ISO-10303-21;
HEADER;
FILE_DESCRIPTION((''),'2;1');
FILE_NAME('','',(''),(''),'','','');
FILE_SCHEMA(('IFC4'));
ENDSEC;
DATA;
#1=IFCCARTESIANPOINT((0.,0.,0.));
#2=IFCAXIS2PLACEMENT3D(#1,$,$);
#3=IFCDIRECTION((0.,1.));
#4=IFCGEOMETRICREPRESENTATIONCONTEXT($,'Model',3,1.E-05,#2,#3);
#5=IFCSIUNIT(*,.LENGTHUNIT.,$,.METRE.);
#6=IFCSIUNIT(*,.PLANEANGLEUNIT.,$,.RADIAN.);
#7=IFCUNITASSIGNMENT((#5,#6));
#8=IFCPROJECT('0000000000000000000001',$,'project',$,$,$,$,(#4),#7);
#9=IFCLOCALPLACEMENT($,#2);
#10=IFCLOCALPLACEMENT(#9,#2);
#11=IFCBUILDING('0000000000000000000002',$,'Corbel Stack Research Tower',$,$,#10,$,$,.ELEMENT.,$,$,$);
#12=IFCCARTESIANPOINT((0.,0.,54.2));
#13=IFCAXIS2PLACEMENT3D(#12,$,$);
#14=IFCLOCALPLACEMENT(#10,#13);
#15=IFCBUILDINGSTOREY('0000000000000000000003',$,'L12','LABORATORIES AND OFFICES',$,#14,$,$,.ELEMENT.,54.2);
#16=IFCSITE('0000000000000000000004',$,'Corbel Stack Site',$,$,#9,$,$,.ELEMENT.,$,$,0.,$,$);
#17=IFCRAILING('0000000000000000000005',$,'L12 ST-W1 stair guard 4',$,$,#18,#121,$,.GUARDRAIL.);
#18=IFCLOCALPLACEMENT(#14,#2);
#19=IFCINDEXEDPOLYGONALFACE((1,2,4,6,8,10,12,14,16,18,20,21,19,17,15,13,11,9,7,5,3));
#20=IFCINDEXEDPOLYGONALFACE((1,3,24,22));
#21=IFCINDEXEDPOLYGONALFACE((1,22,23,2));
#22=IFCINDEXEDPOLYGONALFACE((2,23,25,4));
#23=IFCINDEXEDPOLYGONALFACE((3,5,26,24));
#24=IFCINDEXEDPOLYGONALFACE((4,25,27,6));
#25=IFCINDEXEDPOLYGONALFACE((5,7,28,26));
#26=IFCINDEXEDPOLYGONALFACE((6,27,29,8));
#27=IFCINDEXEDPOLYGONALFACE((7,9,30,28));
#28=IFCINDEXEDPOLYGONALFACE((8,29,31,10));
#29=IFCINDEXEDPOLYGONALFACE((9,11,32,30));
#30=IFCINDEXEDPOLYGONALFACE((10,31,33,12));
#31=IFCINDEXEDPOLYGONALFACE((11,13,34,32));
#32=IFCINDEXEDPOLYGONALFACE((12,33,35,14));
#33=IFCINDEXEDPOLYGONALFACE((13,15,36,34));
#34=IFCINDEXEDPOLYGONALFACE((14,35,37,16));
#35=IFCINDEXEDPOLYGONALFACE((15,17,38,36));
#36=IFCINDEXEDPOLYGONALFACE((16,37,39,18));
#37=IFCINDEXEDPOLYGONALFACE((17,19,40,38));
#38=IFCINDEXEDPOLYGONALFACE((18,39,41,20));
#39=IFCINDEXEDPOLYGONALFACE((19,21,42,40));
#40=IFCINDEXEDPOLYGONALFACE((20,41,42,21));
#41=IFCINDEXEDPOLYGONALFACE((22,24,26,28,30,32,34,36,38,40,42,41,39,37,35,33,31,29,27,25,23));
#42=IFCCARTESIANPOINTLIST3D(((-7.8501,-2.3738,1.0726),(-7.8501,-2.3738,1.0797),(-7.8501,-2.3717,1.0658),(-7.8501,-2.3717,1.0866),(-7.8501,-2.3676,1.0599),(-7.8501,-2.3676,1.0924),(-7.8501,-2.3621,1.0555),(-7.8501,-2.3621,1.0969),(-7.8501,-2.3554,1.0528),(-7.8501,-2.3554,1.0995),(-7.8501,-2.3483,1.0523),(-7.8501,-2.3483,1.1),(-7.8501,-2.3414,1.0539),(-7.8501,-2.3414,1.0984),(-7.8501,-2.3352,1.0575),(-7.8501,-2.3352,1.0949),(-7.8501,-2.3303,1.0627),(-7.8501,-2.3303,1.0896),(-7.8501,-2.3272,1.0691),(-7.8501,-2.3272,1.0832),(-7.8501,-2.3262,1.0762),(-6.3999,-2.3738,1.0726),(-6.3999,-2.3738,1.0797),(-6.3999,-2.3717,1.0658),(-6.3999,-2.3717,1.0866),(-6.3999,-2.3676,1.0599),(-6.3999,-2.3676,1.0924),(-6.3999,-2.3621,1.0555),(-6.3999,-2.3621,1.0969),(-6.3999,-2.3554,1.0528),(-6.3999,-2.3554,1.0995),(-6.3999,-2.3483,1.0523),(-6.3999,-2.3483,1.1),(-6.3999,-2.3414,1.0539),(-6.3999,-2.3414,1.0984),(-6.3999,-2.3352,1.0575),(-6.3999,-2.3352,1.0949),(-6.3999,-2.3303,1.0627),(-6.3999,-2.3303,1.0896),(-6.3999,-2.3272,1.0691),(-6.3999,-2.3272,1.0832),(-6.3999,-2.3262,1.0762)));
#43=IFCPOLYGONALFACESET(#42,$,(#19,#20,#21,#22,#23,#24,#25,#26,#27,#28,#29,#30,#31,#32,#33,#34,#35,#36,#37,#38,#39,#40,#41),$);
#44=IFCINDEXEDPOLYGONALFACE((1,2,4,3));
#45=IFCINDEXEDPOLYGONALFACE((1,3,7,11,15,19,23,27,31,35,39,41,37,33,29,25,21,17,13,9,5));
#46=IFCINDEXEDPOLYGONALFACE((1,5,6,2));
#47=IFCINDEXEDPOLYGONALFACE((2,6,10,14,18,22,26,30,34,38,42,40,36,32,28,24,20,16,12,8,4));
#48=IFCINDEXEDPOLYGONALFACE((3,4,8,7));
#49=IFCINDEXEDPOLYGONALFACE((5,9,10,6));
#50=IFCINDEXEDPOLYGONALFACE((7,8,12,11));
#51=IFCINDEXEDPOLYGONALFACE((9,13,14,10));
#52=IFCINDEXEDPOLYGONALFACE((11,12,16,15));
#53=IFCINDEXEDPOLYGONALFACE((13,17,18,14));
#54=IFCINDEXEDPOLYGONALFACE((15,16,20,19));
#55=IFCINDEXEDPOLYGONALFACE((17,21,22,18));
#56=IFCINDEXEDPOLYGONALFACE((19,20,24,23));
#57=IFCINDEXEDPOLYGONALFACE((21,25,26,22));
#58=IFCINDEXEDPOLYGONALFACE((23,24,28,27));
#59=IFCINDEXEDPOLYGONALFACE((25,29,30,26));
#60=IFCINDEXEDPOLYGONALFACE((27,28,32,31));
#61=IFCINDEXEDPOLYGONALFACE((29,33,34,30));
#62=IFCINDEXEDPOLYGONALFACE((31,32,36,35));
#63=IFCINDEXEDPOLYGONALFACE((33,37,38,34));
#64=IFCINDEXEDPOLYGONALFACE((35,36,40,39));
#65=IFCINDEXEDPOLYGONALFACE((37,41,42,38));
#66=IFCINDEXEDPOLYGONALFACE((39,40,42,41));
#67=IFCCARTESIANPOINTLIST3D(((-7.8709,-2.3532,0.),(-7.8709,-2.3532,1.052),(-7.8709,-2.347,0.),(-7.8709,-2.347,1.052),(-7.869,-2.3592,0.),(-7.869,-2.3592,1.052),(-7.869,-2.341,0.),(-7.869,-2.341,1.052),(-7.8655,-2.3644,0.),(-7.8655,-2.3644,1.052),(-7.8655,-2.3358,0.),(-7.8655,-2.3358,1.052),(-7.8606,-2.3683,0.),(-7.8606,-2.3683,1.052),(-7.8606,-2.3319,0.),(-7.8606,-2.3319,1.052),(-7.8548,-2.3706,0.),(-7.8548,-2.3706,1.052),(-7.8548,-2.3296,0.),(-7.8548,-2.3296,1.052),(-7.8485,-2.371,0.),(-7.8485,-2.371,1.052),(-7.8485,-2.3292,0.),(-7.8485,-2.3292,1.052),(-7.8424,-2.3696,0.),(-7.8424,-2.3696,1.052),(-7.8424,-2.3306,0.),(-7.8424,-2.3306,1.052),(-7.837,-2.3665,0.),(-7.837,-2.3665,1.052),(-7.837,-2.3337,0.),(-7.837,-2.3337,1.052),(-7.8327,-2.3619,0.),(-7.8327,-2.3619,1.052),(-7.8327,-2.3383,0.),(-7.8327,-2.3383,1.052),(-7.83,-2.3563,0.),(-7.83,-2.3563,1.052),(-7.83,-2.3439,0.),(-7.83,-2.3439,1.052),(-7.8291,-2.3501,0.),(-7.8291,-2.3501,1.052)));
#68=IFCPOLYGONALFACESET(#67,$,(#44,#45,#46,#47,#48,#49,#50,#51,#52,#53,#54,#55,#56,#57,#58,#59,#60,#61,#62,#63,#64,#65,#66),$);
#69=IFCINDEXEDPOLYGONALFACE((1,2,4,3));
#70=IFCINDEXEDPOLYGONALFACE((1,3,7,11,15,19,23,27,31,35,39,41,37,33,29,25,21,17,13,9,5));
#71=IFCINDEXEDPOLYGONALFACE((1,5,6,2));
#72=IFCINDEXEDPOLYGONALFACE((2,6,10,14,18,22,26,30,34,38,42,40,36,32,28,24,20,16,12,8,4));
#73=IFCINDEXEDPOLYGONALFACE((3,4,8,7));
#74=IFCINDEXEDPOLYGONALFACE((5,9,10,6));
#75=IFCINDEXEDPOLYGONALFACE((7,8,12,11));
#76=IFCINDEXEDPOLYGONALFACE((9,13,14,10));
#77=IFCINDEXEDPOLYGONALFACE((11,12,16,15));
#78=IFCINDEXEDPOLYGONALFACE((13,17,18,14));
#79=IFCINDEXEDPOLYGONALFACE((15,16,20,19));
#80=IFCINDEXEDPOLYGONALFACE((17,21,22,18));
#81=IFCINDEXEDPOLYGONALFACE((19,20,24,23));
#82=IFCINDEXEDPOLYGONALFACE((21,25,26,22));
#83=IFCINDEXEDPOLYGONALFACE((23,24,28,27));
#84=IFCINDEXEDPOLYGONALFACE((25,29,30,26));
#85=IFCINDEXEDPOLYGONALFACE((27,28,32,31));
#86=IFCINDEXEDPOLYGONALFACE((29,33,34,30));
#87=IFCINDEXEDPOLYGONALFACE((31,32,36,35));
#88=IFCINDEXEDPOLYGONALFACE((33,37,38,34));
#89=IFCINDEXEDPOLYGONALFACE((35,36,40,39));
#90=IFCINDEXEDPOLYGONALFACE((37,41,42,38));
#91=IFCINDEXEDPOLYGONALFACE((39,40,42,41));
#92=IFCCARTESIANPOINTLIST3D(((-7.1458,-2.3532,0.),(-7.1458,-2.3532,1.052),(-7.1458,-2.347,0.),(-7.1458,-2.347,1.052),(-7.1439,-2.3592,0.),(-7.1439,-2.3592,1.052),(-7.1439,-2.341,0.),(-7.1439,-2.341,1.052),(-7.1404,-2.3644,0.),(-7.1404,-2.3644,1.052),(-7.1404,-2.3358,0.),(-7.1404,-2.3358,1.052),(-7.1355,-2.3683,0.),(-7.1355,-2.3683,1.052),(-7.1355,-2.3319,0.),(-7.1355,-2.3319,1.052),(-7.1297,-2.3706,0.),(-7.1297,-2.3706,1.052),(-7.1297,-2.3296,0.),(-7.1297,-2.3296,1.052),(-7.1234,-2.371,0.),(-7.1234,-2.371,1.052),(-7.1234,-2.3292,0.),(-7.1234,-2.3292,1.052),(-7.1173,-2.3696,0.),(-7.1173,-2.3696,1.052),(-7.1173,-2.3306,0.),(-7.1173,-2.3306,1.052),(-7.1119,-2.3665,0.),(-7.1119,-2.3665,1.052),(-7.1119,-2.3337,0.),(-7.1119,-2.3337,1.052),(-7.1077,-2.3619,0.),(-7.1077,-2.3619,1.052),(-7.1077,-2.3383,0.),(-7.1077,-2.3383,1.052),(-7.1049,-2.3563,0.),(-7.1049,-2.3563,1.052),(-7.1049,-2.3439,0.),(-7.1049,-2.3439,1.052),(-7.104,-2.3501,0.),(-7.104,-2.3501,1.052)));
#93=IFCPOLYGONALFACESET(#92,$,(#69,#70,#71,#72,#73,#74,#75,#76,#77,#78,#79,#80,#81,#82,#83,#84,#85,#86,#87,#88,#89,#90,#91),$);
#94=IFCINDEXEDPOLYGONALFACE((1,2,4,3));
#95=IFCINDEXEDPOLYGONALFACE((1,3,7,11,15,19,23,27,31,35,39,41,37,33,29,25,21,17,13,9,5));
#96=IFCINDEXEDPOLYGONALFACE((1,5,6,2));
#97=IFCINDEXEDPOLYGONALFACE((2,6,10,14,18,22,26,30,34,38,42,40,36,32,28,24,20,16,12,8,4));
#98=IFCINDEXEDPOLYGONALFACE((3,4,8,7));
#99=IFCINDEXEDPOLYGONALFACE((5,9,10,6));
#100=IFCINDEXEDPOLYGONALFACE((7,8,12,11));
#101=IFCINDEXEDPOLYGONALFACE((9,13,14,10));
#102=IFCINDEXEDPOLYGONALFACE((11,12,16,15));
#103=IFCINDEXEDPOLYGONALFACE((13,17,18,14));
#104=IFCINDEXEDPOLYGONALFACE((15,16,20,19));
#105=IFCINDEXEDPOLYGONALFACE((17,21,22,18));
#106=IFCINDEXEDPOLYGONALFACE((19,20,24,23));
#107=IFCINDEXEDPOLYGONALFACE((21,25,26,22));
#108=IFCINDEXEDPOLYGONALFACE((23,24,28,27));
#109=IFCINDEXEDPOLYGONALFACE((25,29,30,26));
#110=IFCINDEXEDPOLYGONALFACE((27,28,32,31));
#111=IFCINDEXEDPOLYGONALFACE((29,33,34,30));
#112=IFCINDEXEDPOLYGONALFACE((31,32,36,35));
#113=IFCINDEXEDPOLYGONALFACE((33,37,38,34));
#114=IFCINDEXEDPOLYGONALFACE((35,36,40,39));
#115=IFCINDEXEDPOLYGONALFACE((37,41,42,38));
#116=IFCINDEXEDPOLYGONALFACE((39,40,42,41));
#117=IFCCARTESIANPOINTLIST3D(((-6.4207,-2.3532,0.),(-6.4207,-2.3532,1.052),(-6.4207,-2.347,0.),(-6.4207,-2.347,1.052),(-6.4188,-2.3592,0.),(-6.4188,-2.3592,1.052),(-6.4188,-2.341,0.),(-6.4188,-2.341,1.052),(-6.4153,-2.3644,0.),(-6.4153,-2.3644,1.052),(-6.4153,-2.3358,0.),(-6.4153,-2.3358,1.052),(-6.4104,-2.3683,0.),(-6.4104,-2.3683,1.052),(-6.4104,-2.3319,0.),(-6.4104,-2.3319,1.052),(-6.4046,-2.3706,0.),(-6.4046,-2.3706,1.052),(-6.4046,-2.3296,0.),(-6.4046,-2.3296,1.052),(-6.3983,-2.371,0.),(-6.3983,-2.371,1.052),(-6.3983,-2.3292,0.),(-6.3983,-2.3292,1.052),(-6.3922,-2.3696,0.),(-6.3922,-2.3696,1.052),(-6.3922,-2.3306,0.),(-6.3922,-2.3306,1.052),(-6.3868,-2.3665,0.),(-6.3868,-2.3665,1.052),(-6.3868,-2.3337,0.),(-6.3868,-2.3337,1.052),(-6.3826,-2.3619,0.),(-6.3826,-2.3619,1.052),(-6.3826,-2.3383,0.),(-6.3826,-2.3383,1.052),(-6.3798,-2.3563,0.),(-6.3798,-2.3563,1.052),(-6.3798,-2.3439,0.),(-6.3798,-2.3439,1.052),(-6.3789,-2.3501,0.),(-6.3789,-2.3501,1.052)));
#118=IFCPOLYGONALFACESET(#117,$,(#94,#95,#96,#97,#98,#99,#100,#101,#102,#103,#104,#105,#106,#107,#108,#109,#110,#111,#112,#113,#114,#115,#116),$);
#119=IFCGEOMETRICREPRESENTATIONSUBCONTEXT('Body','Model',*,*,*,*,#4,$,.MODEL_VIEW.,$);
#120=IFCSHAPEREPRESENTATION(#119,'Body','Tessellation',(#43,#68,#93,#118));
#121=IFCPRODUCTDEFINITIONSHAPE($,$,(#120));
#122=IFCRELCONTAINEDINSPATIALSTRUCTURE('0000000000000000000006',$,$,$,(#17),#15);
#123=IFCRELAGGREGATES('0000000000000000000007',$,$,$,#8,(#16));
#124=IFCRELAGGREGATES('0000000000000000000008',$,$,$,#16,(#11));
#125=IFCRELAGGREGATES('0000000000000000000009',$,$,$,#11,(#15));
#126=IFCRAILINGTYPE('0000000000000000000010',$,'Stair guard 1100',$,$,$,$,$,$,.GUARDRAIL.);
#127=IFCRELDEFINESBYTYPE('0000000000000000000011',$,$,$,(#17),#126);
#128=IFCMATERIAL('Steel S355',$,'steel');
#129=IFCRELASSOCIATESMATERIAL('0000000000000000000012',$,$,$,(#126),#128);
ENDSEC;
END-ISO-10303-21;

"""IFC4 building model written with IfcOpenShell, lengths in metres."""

from ifc_helpers import new_model, si_unit, direction, frame, origin, origin_2d, place, context, subcontext, project, spatial, circle, extrude, material, type_object, element, save


model = new_model("IFC4")

# Units and contexts
model_context = context("Model", 3, precision=1e-05, world=origin(), true_north=direction((0.0, 1.0)))
body_context = subcontext(model_context, "Body", "Model", "MODEL_VIEW")
ifc_project = project(units=[si_unit("LENGTHUNIT", "METRE"), si_unit("PLANEANGLEUNIT", "RADIAN")], contexts=[model_context])

# Site, building, storey
site_placement = place(None, origin())
site = spatial("IfcSite", under=ifc_project, at=site_placement, Name="Corbel Stack Site", CompositionType="ELEMENT", RefElevation=0.0)
building_placement = place(site_placement, origin())
building = spatial("IfcBuilding", under=site, at=building_placement, Name="Corbel Stack Research Tower", CompositionType="ELEMENT")
storey_placement = place(building_placement, frame((0.0, 0.0, 54.2)))
storey = spatial("IfcBuildingStorey", under=building, at=storey_placement, Name="L12", Description="LABORATORIES AND OFFICES", CompositionType="ELEMENT", Elevation=54.2)

# Railing
ifc_material_1 = material(Name="Steel S355", Category="steel")
railing_type_1 = type_object("IfcRailingType", Name="Stair guard 1100", PredefinedType="GUARDRAIL", material=ifc_material_1)
railing_1_placement = place(storey_placement, frame((-7.8501, -2.3501, 0.0)))
element("IfcRailing", 1, at=railing_1_placement, inside=storey, type_object=railing_type_1, Name="L12 ST-W1 stair guard 4", PredefinedType="GUARDRAIL", context=body_context, shape_type="SweptSolid", body=[
    extrude(circle(Radius=0.0239, at=origin_2d()), frame((0.0, 0.0, 1.0762), z_axis=(1.0, 0.0, 0.0), x_axis=(0.0, 1.0, 0.0)), (0.0, 0.0, 1.0), 1.4502),
    extrude(circle(Radius=0.021, at=origin_2d()), origin(), (0.0, 0.0, 1.0), 1.052),
    extrude(circle(Radius=0.021, at=origin_2d()), frame((0.7251, 0.0, 0.0)), (0.0, 0.0, 1.0), 1.052),
    extrude(circle(Radius=0.021, at=origin_2d()), frame((1.4502, 0.0, 0.0)), (0.0, 0.0, 1.0), 1.052),
])

save(model, "model.ifc")
